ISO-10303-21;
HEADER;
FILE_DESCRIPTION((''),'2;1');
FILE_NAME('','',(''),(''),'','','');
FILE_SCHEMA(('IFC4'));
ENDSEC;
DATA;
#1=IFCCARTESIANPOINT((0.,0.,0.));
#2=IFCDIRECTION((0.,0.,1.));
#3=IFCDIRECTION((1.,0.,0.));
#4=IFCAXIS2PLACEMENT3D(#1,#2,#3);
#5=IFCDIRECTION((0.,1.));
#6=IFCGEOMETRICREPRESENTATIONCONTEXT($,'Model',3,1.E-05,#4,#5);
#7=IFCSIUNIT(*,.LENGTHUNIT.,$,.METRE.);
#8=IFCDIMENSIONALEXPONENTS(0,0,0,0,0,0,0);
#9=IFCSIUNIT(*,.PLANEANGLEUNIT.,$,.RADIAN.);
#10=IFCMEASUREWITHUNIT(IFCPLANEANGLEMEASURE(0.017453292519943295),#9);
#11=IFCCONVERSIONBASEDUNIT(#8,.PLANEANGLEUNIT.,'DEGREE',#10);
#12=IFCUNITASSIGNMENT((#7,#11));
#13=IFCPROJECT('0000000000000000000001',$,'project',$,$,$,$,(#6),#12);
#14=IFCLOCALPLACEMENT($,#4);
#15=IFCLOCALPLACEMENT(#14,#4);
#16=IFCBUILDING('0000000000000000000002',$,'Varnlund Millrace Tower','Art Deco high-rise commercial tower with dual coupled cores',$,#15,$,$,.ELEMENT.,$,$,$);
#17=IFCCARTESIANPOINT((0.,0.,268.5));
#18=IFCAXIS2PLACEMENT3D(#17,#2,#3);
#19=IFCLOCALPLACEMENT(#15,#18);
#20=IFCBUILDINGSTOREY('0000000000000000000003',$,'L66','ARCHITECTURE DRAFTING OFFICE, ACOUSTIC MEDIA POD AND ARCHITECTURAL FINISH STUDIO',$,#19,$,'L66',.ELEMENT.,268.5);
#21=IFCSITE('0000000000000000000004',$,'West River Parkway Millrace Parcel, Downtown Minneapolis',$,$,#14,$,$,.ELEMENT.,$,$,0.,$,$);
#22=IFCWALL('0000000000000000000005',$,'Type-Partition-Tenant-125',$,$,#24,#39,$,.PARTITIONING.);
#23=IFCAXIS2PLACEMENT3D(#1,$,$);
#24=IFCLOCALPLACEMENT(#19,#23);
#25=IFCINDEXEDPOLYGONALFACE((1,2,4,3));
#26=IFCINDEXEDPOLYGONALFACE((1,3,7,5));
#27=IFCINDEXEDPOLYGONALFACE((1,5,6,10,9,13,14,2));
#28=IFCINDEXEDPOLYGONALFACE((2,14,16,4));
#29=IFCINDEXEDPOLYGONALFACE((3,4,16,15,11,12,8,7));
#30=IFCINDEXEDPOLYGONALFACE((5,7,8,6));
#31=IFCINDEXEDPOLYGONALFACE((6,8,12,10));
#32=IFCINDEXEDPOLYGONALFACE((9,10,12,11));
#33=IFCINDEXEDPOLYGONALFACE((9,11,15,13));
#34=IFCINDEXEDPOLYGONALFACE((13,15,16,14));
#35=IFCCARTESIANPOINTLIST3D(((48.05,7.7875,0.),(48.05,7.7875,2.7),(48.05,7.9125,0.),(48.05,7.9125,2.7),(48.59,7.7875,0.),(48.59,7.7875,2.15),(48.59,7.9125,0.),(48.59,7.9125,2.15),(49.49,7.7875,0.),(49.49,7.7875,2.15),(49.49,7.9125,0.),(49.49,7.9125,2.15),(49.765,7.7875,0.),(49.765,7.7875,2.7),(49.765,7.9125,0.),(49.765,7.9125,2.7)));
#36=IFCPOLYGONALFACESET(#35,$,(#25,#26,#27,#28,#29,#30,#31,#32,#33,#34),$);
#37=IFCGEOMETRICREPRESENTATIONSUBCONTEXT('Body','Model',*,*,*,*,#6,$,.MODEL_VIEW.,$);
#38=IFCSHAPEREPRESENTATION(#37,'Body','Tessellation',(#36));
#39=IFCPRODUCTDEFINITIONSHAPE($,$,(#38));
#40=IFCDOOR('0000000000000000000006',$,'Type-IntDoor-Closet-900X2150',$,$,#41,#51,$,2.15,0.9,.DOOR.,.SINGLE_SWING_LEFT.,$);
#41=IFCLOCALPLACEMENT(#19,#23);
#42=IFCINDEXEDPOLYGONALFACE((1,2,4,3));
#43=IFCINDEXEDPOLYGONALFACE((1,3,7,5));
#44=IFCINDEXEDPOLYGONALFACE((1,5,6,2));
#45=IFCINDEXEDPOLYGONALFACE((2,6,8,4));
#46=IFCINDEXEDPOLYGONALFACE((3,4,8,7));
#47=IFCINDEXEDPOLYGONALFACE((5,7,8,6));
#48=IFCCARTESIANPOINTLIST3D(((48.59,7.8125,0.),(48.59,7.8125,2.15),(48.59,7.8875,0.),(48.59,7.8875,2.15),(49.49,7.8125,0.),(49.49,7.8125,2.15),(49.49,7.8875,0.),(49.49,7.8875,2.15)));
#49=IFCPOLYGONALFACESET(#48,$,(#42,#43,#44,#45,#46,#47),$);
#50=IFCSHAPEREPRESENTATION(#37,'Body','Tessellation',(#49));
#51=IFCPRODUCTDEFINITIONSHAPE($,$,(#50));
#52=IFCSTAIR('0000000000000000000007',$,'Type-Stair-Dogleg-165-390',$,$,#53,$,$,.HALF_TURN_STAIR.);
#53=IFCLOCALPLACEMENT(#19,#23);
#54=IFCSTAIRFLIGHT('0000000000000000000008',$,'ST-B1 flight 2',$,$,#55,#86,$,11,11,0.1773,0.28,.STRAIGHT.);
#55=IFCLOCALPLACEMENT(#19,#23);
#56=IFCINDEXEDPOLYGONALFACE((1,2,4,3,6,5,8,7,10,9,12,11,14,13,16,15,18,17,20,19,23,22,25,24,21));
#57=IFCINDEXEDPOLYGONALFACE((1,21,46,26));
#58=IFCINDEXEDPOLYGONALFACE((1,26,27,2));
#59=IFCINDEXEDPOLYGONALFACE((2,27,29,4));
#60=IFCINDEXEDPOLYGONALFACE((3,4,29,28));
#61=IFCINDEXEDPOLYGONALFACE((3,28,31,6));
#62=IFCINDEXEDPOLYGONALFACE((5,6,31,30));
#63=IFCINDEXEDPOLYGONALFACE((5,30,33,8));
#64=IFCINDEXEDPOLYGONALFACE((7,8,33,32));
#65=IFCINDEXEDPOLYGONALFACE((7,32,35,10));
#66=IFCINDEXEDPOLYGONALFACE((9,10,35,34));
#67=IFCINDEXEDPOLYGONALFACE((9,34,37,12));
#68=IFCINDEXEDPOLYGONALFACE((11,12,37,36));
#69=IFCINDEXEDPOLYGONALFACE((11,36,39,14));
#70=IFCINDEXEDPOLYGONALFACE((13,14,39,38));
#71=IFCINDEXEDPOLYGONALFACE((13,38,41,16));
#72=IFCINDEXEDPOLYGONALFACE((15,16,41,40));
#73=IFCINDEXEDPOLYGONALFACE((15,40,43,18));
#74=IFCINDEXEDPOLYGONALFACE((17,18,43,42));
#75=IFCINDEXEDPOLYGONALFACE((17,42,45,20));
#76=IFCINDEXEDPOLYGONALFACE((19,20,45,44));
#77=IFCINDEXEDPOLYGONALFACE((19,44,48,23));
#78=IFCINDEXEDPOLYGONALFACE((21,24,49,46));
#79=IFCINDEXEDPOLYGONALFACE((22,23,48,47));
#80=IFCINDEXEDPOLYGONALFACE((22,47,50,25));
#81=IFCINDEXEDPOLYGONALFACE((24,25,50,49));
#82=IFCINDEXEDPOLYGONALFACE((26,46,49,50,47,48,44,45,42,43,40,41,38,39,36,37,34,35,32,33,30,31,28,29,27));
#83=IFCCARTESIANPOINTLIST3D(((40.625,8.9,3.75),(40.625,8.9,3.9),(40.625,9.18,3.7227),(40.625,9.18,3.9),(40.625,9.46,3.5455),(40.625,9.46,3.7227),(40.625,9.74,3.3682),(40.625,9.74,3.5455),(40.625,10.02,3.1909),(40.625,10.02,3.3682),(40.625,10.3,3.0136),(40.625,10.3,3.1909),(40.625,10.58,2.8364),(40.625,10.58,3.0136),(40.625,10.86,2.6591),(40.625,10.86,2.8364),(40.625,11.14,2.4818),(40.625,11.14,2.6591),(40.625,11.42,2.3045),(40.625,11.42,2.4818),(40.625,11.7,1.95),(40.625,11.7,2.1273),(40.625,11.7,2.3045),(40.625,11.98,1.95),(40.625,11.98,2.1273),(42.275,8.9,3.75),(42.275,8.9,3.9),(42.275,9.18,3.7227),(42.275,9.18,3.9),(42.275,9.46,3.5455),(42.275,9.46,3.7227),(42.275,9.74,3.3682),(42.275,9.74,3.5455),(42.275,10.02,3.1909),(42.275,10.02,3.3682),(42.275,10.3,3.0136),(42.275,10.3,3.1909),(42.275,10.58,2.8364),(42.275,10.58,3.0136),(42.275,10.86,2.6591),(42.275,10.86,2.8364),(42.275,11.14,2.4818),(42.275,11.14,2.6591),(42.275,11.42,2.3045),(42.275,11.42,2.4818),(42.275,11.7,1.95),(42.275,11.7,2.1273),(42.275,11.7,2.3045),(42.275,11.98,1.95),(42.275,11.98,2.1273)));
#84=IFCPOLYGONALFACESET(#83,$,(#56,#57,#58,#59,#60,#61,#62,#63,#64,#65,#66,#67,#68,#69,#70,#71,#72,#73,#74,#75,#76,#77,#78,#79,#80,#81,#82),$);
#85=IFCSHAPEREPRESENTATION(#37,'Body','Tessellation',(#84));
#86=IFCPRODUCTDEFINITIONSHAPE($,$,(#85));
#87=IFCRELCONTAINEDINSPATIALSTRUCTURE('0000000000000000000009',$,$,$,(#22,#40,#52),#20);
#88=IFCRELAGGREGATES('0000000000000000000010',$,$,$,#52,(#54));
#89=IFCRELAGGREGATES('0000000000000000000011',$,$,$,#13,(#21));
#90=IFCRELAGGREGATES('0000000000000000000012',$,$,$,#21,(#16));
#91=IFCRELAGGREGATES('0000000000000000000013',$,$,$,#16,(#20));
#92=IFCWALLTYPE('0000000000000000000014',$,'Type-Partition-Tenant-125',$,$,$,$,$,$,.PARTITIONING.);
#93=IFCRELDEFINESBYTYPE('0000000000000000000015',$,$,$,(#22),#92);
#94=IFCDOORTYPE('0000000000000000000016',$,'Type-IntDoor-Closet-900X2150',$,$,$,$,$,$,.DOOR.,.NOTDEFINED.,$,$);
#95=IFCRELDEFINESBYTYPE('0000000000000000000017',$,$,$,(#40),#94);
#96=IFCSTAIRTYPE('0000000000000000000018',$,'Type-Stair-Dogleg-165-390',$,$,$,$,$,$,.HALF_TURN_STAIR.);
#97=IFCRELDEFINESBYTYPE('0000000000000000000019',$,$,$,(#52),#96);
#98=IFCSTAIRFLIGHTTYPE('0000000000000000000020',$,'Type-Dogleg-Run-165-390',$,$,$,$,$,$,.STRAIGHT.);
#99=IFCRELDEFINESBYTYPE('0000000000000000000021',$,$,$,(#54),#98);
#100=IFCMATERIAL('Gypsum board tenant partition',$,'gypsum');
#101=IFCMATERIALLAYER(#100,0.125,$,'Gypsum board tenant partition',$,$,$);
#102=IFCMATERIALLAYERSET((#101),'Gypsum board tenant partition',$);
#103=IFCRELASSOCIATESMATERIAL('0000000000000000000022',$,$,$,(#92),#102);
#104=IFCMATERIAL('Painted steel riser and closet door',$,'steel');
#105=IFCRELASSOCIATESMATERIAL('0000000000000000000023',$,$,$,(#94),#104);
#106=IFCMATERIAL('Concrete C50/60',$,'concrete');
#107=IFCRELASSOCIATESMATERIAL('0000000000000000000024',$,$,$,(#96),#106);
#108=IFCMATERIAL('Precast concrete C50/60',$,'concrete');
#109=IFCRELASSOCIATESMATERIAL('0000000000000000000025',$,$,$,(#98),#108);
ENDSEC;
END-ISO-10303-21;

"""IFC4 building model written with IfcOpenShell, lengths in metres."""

from ifc_helpers import new_model, entity, si_unit, converted_unit, direction, frame, origin_with_axes, origin_2d_with_axis, place, context, subcontext, project, spatial, polyline, rectangle, outline, extrude, material, layer, layer_set, type_object, element, fill, aggregate, save


model = new_model("IFC4")

# Units and contexts
model_context = context("Model", 3, precision=1e-05, world=origin_with_axes(), true_north=direction((0.0, 1.0)))
body_context = subcontext(model_context, "Body", "Model", "MODEL_VIEW")
ifc_project = project(units=[si_unit("LENGTHUNIT", "METRE"), converted_unit("PLANEANGLEUNIT", "DEGREE", entity("IfcPlaneAngleMeasure", 0.017453292519943295), si_unit("PLANEANGLEUNIT", "RADIAN"), dimensions=[0, 0, 0, 0, 0, 0, 0])], contexts=[model_context])

# Site, building, storey
site_placement = place(None, origin_with_axes())
site = spatial("IfcSite", under=ifc_project, at=site_placement, Name="West River Parkway Millrace Parcel, Downtown Minneapolis", CompositionType="ELEMENT", RefElevation=0.0)
building_placement = place(site_placement, origin_with_axes())
building = spatial("IfcBuilding", under=site, at=building_placement, Name="Varnlund Millrace Tower", Description="Art Deco high-rise commercial tower with dual coupled cores", CompositionType="ELEMENT")
storey_placement = place(building_placement, frame((0.0, 0.0, 268.5), z_axis=(0.0, 0.0, 1.0), x_axis=(1.0, 0.0, 0.0)))
storey = spatial("IfcBuildingStorey", under=building, at=storey_placement, Name="L66", Description="ARCHITECTURE DRAFTING OFFICE, ACOUSTIC MEDIA POD AND ARCHITECTURAL FINISH STUDIO", LongName="L66", CompositionType="ELEMENT", Elevation=268.5)

# Shared definitions
ifc_material_1 = material(Name="Precast concrete C50/60", Category="concrete")

# Wall, opening, door
ifc_material_2 = material(Name="Gypsum board tenant partition", Category="gypsum")
ifc_layer_1 = layer(ifc_material_2, 0.125, Name="Gypsum board tenant partition")
ifc_layer_set_1 = layer_set([ifc_layer_1], Name="Gypsum board tenant partition")
wall_type_1 = type_object("IfcWallType", Name="Type-Partition-Tenant-125", PredefinedType="PARTITIONING", material=ifc_layer_set_1)
wall_1_placement = place(storey_placement, frame((49.765, 7.85, 0.0), z_axis=(0.0, 0.0, 1.0), x_axis=(-1.0, 0.0, 0.0)))
wall_1 = element("IfcWall", 1, at=wall_1_placement, inside=storey, type_object=wall_type_1, Name="Type-Partition-Tenant-125", PredefinedType="PARTITIONING", context=body_context, shape_type="SweptSolid", body=[
    extrude(outline(polyline([(0.0, -0.0625), (1.715, -0.0625), (1.715, 0.0625), (0.0, 0.0625), (0.0, -0.0625)])), origin_with_axes(), (0.0, 0.0, 1.0), 2.7),
])
opening_1_placement = place(wall_1_placement, frame((0.725, 0.0, 0.0), z_axis=(0.0, 0.0, 1.0), x_axis=(1.0, 0.0, 0.0)))
opening_1 = element("IfcOpeningElement", 2, at=opening_1_placement, cuts=wall_1, PredefinedType="OPENING", context=body_context, shape_type="SweptSolid", body=[
    extrude(rectangle(XDim=0.9, YDim=0.145, at=origin_2d_with_axis()), origin_with_axes(), (0.0, 0.0, 1.0), 2.15),
])
ifc_material_3 = material(Name="Painted steel riser and closet door", Category="steel")
door_type = type_object("IfcDoorType", Name="Type-IntDoor-Closet-900X2150", OperationType="NOTDEFINED", PredefinedType="DOOR", material=ifc_material_3)
door_placement = place(wall_1_placement, frame((0.725, 0.0, 0.0), z_axis=(0.0, 0.0, 1.0), x_axis=(1.0, 0.0, 0.0)))
door = element("IfcDoor", 3, at=door_placement, inside=storey, type_object=door_type, Name="Type-IntDoor-Closet-900X2150", OperationType="SINGLE_SWING_LEFT", OverallHeight=2.15, OverallWidth=0.9, PredefinedType="DOOR", context=body_context, shape_type="SweptSolid", body=[
    extrude(rectangle(XDim=0.9, YDim=0.075, at=origin_2d_with_axis()), origin_with_axes(), (0.0, 0.0, 1.0), 2.15),
])
fill(opening_1, door)

# Stair, stair flight
ifc_material_4 = material(Name="Concrete C50/60", Category="concrete")
stair_type = type_object("IfcStairType", Name="Type-Stair-Dogleg-165-390", PredefinedType="HALF_TURN_STAIR", material=ifc_material_4)
stair_placement = place(storey_placement, origin_with_axes())
stair = element("IfcStair", 4, at=stair_placement, inside=storey, type_object=stair_type, Name="Type-Stair-Dogleg-165-390", PredefinedType="HALF_TURN_STAIR")
stair_flight_type = type_object("IfcStairFlightType", Name="Type-Dogleg-Run-165-390", PredefinedType="STRAIGHT", material=ifc_material_1)
stair_flight_placement = place(storey_placement, frame((42.275, 11.98, 1.95), z_axis=(-1.0, 0.0, 0.0), x_axis=(0.0, -1.0, 0.0)))
stair_flight = element("IfcStairFlight", 5, at=stair_flight_placement, type_object=stair_flight_type, Name="ST-B1 flight 2", NumberOfRisers=11, NumberOfTreads=11, PredefinedType="STRAIGHT", RiserHeight=0.1773, TreadLength=0.28, context=body_context, shape_type="SweptSolid", body=[
    extrude(outline(polyline([(0.0, 0.0), (0.0, 0.1773), (0.28, 0.1773), (0.28, 0.3545), (0.56, 0.3545), (0.56, 0.5318), (0.84, 0.5318), (0.84, 0.7091), (1.12, 0.7091), (1.12, 0.8864), (1.4, 0.8864), (1.4, 1.0636), (1.68, 1.0636), (1.68, 1.2409), (1.96, 1.2409), (1.96, 1.4182), (2.24, 1.4182), (2.24, 1.5955), (2.52, 1.5955), (2.52, 1.7727), (2.8, 1.7727), (2.8, 1.95), (3.08, 1.95), (3.08, 1.8), (0.28, 0.0), (0.0, 0.0)])), origin_with_axes(), (0.0, 0.0, 1.0), 1.65),
])
aggregate(stair, [stair_flight])

save(model, "model.ifc")
